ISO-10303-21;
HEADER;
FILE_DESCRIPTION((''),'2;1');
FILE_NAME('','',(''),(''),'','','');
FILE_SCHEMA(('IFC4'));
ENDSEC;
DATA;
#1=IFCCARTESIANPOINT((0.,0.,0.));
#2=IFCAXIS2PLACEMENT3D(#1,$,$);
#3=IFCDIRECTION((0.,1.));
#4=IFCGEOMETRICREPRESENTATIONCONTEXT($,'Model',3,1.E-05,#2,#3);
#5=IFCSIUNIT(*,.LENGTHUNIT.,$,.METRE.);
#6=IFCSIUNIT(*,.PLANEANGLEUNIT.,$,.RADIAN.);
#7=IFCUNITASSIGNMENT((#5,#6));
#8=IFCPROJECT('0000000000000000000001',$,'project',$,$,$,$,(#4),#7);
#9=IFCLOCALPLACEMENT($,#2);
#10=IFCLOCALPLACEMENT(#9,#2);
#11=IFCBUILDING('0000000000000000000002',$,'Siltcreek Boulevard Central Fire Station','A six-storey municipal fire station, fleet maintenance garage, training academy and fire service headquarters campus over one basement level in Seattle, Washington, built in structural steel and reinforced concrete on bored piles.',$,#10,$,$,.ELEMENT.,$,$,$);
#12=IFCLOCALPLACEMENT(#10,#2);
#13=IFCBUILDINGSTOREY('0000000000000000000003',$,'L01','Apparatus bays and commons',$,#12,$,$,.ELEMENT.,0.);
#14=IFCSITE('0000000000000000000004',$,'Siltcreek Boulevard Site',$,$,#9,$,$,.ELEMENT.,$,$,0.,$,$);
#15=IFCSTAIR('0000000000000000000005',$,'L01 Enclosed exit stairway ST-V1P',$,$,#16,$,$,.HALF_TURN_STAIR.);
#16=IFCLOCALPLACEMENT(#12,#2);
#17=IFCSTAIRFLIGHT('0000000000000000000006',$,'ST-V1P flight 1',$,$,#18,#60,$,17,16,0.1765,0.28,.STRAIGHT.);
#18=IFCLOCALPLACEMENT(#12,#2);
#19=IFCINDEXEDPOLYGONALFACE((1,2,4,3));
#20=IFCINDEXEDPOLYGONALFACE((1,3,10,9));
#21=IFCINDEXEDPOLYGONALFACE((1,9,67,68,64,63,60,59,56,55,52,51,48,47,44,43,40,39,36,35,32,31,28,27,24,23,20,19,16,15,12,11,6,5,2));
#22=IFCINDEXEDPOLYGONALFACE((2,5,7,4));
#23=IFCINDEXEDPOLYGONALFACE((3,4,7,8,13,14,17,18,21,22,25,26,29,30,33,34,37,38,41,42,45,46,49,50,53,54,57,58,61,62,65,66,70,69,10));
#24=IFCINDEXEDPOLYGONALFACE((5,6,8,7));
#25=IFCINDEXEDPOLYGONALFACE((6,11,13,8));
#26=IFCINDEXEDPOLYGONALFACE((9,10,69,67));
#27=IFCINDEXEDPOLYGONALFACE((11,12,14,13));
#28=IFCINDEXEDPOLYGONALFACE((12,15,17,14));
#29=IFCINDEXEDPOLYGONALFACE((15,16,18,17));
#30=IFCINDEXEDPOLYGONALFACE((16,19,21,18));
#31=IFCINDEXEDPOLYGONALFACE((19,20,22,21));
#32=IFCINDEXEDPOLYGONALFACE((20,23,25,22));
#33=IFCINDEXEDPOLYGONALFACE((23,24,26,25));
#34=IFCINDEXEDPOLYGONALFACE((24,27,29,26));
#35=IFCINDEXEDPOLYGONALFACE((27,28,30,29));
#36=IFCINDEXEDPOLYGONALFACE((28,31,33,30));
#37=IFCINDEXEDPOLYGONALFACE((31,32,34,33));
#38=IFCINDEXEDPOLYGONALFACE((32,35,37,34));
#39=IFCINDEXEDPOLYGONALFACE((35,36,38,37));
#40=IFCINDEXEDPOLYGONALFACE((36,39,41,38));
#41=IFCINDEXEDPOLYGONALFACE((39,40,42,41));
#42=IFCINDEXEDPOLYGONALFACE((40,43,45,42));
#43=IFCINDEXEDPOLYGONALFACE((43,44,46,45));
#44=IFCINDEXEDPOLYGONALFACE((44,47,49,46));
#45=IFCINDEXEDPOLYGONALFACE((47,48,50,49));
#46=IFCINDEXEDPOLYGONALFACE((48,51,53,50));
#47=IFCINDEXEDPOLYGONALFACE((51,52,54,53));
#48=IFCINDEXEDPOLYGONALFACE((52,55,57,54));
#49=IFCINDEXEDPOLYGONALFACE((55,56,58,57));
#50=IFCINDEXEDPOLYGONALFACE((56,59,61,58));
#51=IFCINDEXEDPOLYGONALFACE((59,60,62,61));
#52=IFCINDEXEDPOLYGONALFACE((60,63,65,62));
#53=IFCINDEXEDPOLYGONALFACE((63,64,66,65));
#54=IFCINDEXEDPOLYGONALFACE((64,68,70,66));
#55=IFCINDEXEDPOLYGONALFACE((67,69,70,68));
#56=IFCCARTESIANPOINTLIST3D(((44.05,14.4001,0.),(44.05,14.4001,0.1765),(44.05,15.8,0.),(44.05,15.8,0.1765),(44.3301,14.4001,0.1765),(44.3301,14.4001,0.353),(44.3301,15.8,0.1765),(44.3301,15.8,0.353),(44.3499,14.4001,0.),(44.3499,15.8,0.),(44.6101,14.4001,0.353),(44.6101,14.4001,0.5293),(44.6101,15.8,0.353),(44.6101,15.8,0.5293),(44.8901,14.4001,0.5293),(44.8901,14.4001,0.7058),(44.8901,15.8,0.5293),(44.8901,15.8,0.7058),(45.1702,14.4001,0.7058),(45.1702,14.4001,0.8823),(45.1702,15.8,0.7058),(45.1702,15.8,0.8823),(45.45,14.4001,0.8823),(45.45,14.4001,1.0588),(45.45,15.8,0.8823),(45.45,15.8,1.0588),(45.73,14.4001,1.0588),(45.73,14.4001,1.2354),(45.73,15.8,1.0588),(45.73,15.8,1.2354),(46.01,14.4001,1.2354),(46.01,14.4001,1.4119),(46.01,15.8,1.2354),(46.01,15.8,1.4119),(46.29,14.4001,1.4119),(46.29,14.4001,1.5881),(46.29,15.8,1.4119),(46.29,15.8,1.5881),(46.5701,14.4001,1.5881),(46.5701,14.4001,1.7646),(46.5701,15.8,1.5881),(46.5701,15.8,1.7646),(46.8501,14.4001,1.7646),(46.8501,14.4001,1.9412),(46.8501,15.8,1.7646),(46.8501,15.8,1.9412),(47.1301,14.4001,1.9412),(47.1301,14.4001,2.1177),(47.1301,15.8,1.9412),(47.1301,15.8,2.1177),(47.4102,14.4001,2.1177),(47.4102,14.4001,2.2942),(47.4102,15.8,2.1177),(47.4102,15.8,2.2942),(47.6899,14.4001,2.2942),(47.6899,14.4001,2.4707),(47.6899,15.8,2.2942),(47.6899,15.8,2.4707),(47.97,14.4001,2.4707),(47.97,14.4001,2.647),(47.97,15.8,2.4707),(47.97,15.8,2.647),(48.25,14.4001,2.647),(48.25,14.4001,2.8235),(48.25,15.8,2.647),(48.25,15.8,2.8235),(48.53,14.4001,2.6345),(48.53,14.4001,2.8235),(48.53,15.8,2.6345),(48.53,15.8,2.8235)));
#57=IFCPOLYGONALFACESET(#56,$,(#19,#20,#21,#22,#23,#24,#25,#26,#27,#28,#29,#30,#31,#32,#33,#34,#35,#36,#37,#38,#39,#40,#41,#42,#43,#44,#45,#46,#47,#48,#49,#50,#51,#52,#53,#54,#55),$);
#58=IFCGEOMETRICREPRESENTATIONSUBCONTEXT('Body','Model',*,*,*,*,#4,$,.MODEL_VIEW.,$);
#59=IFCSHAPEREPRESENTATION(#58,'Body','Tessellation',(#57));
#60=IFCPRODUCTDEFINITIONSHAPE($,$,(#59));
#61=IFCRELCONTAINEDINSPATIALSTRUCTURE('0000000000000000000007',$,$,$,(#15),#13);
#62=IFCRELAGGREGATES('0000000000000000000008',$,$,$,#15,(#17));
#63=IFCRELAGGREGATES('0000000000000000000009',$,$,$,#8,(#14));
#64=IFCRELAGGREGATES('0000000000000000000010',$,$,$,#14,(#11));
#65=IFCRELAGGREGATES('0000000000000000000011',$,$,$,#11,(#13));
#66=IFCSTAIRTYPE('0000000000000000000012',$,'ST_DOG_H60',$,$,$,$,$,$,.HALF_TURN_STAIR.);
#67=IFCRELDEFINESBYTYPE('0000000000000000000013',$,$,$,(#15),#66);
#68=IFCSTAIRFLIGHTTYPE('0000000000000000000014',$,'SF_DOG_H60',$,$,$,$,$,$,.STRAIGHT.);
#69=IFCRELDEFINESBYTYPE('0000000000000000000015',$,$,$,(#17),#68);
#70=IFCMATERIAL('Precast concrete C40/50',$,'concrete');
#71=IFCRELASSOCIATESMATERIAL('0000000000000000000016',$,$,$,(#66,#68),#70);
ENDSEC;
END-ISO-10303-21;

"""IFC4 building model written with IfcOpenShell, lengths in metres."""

from ifc_helpers import new_model, si_unit, direction, frame, origin, place, context, subcontext, project, spatial, polyline, outline, extrude, material, type_object, element, aggregate, save


model = new_model("IFC4")

# Units and contexts
model_context = context("Model", 3, precision=1e-05, world=origin(), true_north=direction((0.0, 1.0)))
body_context = subcontext(model_context, "Body", "Model", "MODEL_VIEW")
ifc_project = project(units=[si_unit("LENGTHUNIT", "METRE"), si_unit("PLANEANGLEUNIT", "RADIAN")], contexts=[model_context])

# Site, building, storey
site_placement = place(None, origin())
site = spatial("IfcSite", under=ifc_project, at=site_placement, Name="Siltcreek Boulevard Site", CompositionType="ELEMENT", RefElevation=0.0)
building_placement = place(site_placement, origin())
building = spatial("IfcBuilding", under=site, at=building_placement, Name="Siltcreek Boulevard Central Fire Station", Description="A six-storey municipal fire station, fleet maintenance garage, training academy and fire service headquarters campus over one basement level in Seattle, Washington, built in structural steel and reinforced concrete on bored piles.", CompositionType="ELEMENT")
storey_placement = place(building_placement, origin())
storey = spatial("IfcBuildingStorey", under=building, at=storey_placement, Name="L01", Description="Apparatus bays and commons", CompositionType="ELEMENT", Elevation=0.0)

# Stair, stair flight
ifc_material_1 = material(Name="Precast concrete C40/50", Category="concrete")
stair_type = type_object("IfcStairType", Name="ST_DOG_H60", PredefinedType="HALF_TURN_STAIR", material=ifc_material_1)
stair_placement = place(storey_placement, origin())
stair = element("IfcStair", 1, at=stair_placement, inside=storey, type_object=stair_type, Name="L01 Enclosed exit stairway ST-V1P", PredefinedType="HALF_TURN_STAIR")
stair_flight_type = type_object("IfcStairFlightType", Name="SF_DOG_H60", PredefinedType="STRAIGHT", material=ifc_material_1)
stair_flight_placement = place(storey_placement, frame((44.05, 15.1001, 0.0), z_axis=(0.0, 0.0, 1.0), x_axis=(1.0, 0.0, 0.0)))
stair_flight = element("IfcStairFlight", 2, at=stair_flight_placement, type_object=stair_flight_type, Name="ST-V1P flight 1", NumberOfRisers=17, NumberOfTreads=16, PredefinedType="STRAIGHT", RiserHeight=0.1765, TreadLength=0.28, context=body_context, shape_type="SweptSolid", body=[
    extrude(outline(polyline([(0.0, 0.0), (0.0, 0.1765), (0.28, 0.1765), (0.28, 0.353), (0.5601, 0.353), (0.5601, 0.5293), (0.8401, 0.5293), (0.8401, 0.7058), (1.1201, 0.7058), (1.1201, 0.8823), (1.3999, 0.8823), (1.3999, 1.0588), (1.6799, 1.0588), (1.6799, 1.2354), (1.96, 1.2354), (1.96, 1.4119), (2.24, 1.4119), (2.24, 1.5881), (2.52, 1.5881), (2.52, 1.7646), (2.8, 1.7646), (2.8, 1.9412), (3.0801, 1.9412), (3.0801, 2.1177), (3.3601, 2.1177), (3.3601, 2.2942), (3.6399, 2.2942), (3.6399, 2.4707), (3.9199, 2.4707), (3.9199, 2.647), (4.2, 2.647), (4.2, 2.8235), (4.48, 2.8235), (4.48, 3.0), (4.48, 2.6345), (0.2998, 0.0), (0.0, 0.0)])), frame((0.0, 0.7, 0.0), z_axis=(0.0, -1.0, 0.0), x_axis=(1.0, 0.0, 0.0)), (0.0, 0.0, 1.0), 1.3999),
])
aggregate(stair, [stair_flight])

save(model, "model.ifc")
